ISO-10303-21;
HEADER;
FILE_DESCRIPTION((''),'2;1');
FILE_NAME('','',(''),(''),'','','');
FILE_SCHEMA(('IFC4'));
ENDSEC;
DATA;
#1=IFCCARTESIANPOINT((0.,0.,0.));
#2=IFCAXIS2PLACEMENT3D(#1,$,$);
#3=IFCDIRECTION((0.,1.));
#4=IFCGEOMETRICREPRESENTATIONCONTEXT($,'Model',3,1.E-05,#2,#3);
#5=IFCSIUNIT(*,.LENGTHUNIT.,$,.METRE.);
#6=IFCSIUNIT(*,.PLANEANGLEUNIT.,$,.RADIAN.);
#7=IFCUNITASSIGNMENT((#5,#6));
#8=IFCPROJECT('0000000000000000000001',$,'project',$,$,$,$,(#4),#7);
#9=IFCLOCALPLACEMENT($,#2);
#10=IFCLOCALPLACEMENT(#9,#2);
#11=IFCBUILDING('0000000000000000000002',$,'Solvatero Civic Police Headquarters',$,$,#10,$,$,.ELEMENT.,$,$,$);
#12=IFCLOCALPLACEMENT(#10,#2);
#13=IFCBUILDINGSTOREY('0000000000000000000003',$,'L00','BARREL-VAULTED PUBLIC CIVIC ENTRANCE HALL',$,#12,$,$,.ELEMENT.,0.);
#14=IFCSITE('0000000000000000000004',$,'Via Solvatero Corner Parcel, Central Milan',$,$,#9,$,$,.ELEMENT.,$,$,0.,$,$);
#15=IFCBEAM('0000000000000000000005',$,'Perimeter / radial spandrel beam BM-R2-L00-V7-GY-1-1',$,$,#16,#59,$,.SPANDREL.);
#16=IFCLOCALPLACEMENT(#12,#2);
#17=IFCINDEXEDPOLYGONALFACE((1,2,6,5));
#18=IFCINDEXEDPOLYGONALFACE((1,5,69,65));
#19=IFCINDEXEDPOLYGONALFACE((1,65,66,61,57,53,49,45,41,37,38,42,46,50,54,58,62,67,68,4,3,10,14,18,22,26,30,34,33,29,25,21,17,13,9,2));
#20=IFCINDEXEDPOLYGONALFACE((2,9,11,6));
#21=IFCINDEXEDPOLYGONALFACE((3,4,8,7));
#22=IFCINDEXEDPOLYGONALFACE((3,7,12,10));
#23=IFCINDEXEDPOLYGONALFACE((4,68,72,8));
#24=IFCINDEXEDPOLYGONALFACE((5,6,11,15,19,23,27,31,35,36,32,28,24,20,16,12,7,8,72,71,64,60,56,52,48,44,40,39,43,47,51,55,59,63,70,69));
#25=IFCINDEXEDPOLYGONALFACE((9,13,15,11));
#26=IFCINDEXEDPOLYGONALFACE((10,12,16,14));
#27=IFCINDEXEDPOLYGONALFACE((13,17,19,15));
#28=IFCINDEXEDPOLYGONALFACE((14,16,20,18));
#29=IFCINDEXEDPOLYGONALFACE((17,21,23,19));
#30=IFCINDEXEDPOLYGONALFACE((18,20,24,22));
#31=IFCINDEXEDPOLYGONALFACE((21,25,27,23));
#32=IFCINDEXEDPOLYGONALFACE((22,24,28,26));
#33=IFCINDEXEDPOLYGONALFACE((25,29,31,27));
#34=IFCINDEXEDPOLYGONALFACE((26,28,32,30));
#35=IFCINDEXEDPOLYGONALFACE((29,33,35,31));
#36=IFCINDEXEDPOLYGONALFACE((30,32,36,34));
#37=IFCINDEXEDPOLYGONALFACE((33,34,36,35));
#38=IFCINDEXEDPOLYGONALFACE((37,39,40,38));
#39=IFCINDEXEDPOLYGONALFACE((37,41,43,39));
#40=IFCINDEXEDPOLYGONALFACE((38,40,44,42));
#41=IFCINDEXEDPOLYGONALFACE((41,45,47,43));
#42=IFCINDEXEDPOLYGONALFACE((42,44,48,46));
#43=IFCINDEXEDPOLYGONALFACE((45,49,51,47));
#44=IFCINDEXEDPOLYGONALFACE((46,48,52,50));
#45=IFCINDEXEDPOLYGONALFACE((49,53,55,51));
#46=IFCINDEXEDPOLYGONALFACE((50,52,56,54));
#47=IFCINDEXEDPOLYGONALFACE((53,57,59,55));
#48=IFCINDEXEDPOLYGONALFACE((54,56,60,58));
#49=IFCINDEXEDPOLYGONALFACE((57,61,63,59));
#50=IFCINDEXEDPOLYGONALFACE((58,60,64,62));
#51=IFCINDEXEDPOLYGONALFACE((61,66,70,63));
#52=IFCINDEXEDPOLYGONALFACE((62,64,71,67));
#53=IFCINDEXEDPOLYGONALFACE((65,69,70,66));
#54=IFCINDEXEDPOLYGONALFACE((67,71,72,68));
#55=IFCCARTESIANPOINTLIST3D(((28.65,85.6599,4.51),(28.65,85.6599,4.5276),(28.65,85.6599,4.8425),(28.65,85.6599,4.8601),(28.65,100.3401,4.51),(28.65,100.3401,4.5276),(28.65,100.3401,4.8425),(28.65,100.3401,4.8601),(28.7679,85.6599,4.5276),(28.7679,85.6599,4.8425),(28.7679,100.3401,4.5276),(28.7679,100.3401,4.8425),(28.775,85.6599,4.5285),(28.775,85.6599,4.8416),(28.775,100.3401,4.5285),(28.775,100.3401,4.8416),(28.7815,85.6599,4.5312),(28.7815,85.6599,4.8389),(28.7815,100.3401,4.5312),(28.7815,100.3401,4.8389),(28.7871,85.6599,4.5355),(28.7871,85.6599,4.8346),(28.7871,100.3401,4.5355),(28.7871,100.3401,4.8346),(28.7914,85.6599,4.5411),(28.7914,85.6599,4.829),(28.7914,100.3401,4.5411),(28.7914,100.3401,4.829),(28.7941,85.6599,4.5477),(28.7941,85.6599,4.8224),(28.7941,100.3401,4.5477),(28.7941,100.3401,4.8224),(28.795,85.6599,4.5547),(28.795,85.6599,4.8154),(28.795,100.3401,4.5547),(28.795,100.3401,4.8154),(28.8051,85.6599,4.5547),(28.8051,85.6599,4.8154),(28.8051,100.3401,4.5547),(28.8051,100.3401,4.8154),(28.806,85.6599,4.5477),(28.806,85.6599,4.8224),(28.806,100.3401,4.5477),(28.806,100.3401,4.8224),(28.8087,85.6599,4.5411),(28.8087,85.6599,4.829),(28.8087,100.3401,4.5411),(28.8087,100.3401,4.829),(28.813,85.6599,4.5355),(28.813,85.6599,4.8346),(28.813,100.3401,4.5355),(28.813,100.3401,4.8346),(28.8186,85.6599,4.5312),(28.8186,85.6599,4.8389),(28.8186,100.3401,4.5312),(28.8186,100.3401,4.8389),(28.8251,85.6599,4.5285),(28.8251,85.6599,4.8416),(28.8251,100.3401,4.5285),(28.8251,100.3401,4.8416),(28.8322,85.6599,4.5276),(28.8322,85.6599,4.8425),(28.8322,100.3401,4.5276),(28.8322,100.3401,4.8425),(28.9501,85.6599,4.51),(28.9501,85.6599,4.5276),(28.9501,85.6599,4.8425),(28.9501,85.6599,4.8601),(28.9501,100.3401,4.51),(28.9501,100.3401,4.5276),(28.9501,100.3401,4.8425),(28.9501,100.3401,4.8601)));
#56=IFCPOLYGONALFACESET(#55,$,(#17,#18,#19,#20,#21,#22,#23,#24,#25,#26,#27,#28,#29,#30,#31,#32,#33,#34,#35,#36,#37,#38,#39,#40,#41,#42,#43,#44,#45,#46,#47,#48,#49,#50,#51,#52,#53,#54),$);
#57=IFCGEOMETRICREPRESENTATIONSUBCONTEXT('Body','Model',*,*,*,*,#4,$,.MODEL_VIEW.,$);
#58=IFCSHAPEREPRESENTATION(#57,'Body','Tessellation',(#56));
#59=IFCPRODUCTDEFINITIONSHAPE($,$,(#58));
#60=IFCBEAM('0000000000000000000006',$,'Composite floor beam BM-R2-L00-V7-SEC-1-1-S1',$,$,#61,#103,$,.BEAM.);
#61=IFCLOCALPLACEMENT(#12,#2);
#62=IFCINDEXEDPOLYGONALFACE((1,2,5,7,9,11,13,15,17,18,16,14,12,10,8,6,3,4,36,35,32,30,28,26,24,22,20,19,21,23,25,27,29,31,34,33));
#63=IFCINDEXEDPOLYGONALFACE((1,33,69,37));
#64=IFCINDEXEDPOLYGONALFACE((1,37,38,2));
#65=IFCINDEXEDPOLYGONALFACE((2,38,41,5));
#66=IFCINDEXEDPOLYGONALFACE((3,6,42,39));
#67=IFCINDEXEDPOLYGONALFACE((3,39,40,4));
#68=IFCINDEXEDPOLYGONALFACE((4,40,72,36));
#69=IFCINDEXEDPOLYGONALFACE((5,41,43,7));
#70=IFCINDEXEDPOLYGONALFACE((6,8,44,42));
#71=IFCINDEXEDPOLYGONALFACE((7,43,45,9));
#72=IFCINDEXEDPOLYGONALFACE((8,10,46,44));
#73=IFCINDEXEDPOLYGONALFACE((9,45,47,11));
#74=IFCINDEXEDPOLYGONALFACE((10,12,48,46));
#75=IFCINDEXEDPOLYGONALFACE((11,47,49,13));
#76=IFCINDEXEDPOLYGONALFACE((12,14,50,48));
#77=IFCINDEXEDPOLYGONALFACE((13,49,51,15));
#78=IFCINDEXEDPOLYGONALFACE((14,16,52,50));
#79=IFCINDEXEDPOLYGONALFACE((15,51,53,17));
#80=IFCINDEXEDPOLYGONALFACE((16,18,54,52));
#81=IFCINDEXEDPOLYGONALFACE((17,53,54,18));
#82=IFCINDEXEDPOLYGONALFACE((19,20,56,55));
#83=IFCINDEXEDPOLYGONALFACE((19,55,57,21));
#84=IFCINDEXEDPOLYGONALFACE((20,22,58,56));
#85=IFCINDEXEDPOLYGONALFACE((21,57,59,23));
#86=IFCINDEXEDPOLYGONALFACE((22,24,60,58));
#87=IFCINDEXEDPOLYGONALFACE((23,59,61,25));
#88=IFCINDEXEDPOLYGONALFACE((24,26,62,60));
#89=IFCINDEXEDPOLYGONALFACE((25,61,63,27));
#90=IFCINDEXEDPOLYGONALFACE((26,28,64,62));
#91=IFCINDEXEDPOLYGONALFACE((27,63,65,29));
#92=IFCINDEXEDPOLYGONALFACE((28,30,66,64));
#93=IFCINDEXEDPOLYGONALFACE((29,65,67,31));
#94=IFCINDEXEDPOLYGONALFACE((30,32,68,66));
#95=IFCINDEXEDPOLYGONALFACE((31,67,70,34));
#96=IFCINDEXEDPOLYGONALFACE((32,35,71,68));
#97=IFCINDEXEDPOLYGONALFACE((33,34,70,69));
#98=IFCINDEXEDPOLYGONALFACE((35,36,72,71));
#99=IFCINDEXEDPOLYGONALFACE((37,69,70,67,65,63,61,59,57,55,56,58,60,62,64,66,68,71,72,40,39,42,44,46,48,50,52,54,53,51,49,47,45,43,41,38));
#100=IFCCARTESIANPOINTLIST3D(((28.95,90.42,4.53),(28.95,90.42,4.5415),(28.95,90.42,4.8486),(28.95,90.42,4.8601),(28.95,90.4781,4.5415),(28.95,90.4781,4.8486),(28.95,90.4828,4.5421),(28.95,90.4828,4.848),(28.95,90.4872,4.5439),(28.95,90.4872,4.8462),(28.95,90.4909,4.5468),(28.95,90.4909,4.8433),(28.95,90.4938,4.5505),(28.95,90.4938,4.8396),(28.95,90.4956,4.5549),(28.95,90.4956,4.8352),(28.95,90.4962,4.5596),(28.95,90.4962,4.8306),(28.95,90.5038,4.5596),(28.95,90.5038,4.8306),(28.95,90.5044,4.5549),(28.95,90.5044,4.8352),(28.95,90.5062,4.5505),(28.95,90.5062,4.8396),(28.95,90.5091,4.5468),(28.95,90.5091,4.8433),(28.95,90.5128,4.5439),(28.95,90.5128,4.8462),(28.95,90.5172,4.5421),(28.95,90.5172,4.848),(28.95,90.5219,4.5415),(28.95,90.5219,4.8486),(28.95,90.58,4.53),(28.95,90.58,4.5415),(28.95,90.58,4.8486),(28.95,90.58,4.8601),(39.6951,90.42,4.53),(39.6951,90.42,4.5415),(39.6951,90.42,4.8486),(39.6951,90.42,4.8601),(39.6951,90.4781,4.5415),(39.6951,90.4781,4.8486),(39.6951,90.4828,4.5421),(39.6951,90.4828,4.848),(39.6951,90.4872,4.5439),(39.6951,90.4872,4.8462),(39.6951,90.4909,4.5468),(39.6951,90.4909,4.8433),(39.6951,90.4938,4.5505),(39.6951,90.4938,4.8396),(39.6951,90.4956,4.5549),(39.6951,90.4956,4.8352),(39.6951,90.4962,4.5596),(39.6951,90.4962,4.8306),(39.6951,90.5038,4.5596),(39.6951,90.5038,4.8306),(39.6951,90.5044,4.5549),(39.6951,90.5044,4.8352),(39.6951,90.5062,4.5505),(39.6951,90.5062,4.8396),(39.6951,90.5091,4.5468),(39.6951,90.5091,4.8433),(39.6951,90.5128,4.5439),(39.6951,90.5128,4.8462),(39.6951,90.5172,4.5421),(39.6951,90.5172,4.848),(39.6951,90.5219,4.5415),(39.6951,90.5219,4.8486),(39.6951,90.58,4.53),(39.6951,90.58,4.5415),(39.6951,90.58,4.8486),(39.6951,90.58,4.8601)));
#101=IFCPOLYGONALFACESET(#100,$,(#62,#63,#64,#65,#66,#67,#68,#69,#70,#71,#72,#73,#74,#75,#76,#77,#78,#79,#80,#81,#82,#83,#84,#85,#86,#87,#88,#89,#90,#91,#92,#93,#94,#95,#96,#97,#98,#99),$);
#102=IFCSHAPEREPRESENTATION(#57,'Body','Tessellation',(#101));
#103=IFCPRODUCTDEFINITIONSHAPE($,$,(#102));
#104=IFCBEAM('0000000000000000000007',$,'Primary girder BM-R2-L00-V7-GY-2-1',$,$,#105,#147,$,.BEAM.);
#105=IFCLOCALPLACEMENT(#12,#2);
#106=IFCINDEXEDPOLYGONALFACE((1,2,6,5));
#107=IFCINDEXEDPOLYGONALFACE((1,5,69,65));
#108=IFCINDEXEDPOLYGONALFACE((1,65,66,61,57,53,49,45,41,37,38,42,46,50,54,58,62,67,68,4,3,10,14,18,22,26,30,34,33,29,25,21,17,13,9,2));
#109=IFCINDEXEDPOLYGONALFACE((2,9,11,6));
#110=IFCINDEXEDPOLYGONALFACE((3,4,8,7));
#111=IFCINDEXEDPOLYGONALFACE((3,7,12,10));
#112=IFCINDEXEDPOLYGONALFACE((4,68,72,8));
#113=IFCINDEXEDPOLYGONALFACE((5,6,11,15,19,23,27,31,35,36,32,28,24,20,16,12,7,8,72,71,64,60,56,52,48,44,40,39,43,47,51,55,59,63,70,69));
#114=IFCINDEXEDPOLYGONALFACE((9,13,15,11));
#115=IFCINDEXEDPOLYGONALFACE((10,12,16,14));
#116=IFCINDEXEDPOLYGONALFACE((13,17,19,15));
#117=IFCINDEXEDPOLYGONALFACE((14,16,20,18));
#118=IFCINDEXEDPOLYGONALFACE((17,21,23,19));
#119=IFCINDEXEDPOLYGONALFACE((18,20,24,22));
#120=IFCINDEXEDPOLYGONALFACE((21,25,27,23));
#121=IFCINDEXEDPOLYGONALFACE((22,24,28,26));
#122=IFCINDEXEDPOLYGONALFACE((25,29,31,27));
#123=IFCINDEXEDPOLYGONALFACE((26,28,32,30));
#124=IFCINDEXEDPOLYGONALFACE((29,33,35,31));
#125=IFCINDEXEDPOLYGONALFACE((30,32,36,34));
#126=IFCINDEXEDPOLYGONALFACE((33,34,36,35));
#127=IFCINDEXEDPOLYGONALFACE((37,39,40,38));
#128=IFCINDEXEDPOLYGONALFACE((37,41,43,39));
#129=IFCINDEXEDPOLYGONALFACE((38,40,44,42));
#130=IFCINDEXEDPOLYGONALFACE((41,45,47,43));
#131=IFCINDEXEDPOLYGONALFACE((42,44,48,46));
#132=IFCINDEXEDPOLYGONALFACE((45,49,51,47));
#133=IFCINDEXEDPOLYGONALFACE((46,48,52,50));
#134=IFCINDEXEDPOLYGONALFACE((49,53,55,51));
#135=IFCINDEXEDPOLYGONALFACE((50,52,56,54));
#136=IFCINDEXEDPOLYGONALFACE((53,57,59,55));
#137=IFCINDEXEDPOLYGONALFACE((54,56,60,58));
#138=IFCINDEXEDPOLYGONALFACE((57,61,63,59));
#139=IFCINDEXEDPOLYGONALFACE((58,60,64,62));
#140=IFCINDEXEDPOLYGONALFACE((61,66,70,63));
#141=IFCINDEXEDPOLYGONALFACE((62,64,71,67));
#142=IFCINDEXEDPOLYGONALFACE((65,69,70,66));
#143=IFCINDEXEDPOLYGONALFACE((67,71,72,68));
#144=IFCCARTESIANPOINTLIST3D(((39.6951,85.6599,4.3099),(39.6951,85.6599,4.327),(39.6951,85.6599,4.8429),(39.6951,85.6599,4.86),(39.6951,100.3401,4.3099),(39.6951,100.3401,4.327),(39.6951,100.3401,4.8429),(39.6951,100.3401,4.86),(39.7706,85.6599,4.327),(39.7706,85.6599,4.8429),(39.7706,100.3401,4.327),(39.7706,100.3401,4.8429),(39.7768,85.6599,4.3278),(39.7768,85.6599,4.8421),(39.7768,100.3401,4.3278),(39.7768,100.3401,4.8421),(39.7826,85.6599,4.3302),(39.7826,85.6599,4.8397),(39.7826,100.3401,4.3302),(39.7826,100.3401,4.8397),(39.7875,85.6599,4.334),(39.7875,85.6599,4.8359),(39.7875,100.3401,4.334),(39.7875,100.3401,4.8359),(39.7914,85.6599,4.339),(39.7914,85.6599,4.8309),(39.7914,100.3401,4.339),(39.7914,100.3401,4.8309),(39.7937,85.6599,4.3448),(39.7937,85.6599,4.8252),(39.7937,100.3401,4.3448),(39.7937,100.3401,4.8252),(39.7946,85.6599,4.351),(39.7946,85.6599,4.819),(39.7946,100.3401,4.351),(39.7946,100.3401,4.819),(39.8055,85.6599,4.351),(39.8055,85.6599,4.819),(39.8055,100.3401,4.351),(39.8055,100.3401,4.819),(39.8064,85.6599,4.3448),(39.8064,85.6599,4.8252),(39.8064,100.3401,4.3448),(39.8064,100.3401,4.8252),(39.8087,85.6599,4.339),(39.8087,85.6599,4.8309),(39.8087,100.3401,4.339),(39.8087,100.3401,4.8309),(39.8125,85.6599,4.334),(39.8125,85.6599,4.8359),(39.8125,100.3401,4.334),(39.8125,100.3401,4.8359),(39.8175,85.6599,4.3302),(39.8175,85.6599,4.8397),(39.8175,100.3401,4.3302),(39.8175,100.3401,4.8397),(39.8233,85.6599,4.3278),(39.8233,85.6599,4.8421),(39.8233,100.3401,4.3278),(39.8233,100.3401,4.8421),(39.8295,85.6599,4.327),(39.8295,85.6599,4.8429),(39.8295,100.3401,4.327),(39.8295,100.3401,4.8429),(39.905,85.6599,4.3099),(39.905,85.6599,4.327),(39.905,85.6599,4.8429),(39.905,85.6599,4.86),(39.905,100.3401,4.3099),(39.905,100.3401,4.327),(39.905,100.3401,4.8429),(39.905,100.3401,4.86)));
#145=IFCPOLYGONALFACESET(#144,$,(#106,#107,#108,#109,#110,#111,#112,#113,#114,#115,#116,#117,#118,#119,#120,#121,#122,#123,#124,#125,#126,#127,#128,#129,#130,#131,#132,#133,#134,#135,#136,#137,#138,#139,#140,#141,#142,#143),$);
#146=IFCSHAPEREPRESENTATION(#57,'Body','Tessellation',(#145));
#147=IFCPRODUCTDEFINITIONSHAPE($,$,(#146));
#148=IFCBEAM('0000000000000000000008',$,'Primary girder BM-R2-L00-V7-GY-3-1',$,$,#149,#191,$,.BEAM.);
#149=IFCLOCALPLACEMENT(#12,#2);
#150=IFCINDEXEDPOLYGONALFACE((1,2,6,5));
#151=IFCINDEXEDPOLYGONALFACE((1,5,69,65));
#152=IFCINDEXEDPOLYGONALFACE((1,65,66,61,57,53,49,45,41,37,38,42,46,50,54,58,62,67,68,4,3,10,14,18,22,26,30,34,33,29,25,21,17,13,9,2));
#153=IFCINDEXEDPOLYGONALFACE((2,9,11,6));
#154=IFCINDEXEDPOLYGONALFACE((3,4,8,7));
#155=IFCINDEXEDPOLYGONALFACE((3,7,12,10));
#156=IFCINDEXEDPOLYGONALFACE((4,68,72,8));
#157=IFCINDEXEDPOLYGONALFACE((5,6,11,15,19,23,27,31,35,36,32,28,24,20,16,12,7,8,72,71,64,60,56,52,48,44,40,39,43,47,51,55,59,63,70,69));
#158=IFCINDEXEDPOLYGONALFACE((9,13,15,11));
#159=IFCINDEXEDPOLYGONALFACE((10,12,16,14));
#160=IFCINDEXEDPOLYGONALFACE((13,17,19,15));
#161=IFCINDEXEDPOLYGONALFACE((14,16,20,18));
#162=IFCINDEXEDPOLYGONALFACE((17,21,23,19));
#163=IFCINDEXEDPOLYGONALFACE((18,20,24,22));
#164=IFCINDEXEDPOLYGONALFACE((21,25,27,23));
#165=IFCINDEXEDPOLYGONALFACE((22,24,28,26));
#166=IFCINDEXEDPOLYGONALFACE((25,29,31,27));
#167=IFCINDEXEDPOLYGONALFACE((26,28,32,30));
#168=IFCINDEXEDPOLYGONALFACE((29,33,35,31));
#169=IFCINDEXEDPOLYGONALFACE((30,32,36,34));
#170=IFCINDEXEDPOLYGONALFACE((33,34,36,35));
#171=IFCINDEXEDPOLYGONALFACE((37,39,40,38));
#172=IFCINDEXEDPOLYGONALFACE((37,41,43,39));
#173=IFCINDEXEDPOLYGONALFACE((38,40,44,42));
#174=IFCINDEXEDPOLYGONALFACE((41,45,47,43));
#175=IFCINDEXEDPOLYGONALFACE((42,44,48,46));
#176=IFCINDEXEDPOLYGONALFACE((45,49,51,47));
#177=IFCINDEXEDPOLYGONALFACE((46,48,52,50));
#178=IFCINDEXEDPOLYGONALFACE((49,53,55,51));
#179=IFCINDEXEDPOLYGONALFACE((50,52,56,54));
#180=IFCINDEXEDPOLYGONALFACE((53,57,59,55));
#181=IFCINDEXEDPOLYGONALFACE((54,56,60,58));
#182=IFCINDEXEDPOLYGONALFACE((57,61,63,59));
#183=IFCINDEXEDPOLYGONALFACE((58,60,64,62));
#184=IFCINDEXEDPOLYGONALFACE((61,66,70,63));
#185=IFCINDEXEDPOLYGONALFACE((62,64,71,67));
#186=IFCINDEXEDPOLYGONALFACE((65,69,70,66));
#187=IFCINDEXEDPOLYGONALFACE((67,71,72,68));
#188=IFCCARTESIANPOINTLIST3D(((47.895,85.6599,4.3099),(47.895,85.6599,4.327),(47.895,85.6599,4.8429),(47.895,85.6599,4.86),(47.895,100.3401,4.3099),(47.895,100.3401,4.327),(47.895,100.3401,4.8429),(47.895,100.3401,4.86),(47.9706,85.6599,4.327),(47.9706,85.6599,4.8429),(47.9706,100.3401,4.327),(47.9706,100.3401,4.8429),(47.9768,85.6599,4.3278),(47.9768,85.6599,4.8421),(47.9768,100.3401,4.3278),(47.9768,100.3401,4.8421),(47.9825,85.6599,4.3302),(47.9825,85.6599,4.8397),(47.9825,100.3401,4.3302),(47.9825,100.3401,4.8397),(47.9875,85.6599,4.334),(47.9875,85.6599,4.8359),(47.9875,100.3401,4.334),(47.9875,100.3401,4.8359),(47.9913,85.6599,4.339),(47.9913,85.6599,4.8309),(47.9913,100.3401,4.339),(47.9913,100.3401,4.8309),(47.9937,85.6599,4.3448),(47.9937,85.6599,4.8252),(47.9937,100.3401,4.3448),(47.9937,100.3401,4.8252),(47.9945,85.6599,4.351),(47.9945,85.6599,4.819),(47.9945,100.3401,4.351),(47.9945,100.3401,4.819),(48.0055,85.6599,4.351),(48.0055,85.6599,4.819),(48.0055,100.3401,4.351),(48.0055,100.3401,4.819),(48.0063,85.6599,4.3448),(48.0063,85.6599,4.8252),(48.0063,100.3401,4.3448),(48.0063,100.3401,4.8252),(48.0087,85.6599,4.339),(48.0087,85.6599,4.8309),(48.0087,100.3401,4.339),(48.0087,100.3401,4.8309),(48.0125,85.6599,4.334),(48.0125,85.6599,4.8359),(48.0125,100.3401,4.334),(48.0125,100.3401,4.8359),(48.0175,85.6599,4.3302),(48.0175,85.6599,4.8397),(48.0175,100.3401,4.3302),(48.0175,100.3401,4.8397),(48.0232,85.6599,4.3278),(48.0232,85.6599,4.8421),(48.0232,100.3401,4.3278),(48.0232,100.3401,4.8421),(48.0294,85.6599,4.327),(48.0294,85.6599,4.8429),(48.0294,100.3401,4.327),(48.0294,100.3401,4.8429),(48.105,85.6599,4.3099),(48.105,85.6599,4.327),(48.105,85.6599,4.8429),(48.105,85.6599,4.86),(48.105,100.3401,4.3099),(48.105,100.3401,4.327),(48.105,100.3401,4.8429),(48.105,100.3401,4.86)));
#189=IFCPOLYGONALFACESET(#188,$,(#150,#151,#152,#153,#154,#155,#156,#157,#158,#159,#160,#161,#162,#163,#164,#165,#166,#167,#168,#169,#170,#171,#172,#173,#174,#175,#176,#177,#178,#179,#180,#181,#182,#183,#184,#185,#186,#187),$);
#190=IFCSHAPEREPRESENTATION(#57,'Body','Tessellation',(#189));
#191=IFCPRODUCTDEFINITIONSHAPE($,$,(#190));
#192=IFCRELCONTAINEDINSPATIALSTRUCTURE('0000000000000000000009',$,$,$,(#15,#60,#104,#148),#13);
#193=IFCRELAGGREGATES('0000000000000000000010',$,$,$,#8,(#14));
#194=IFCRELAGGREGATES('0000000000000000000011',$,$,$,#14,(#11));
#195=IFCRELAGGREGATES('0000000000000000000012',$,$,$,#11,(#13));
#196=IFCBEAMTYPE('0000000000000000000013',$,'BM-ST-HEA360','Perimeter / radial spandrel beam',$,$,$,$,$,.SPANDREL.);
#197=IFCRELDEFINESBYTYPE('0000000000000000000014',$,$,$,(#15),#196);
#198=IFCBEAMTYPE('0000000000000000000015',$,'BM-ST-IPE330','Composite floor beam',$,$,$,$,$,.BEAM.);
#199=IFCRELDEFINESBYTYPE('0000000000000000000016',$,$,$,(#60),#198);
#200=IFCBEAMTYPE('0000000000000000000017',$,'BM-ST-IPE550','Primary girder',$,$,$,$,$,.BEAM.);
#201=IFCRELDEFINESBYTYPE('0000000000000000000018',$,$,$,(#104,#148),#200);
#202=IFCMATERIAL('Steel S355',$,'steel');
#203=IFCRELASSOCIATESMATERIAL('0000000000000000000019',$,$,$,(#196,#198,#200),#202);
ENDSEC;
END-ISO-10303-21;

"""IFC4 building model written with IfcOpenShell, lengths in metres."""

from ifc_helpers import new_model, si_unit, direction, frame, origin, origin_2d, place, context, subcontext, project, spatial, i_section, extrude, material, material_profile, profile_set, type_object, element, save


model = new_model("IFC4")

# Units and contexts
model_context = context("Model", 3, precision=1e-05, world=origin(), true_north=direction((0.0, 1.0)))
body_context = subcontext(model_context, "Body", "Model", "MODEL_VIEW")
ifc_project = project(units=[si_unit("LENGTHUNIT", "METRE"), si_unit("PLANEANGLEUNIT", "RADIAN")], contexts=[model_context])

# Site, building, storey
site_placement = place(None, origin())
site = spatial("IfcSite", under=ifc_project, at=site_placement, Name="Via Solvatero Corner Parcel, Central Milan", CompositionType="ELEMENT", RefElevation=0.0)
building_placement = place(site_placement, origin())
building = spatial("IfcBuilding", under=site, at=building_placement, Name="Solvatero Civic Police Headquarters", CompositionType="ELEMENT")
storey_placement = place(building_placement, origin())
storey = spatial("IfcBuildingStorey", under=building, at=storey_placement, Name="L00", Description="BARREL-VAULTED PUBLIC CIVIC ENTRANCE HALL", CompositionType="ELEMENT", Elevation=0.0)

# Beams
ifc_material_1 = material(Name="Steel S355", Category="steel")
ifc_material_profile_1 = material_profile(ifc_material_1, i_section(OverallWidth=0.3, OverallDepth=0.3501, WebThickness=0.01, FlangeThickness=0.0176, FilletRadius=0.0271, at=origin_2d()), Name="HEA 360")
ifc_profile_set_1 = profile_set([ifc_material_profile_1], Name="Steel S355")
beam_type_1 = type_object("IfcBeamType", Name="BM-ST-HEA360", Description="Perimeter / radial spandrel beam", PredefinedType="SPANDREL", material=ifc_profile_set_1)
beam_1_placement = place(storey_placement, frame((28.8, 85.6599, 4.6851), z_axis=(0.0, 1.0, 0.0), x_axis=(-1.0, 0.0, 0.0)))
element("IfcBeam", 1, at=beam_1_placement, inside=storey, type_object=beam_type_1, Name="Perimeter / radial spandrel beam BM-R2-L00-V7-GY-1-1", PredefinedType="SPANDREL", context=body_context, shape_type="SweptSolid", body=[
    extrude(i_section(OverallWidth=0.3, OverallDepth=0.3501, WebThickness=0.01, FlangeThickness=0.0176, FilletRadius=0.0271, at=origin_2d()), origin(), (0.0, 0.0, 1.0), 14.6802),
])
ifc_material_profile_2 = material_profile(ifc_material_1, i_section(OverallWidth=0.1599, OverallDepth=0.3301, WebThickness=0.0076, FlangeThickness=0.0115, FilletRadius=0.0181, at=origin_2d()), Name="IPE 330")
ifc_profile_set_2 = profile_set([ifc_material_profile_2], Name="Steel S355")
beam_type_2 = type_object("IfcBeamType", Name="BM-ST-IPE330", Description="Composite floor beam", PredefinedType="BEAM", material=ifc_profile_set_2)
beam_2_placement = place(storey_placement, frame((28.95, 90.5, 4.6951), z_axis=(1.0, 0.0, 0.0), x_axis=(0.0, 1.0, 0.0)))
element("IfcBeam", 2, at=beam_2_placement, inside=storey, type_object=beam_type_2, Name="Composite floor beam BM-R2-L00-V7-SEC-1-1-S1", PredefinedType="BEAM", context=body_context, shape_type="SweptSolid", body=[
    extrude(i_section(OverallWidth=0.1599, OverallDepth=0.3301, WebThickness=0.0076, FlangeThickness=0.0115, FilletRadius=0.0181, at=origin_2d()), origin(), (0.0, 0.0, 1.0), 10.7451),
])
ifc_material_profile_3 = material_profile(ifc_material_1, i_section(OverallWidth=0.21, OverallDepth=0.55, WebThickness=0.011, FlangeThickness=0.0171, FilletRadius=0.0239, at=origin_2d()), Name="IPE 550")
ifc_profile_set_3 = profile_set([ifc_material_profile_3], Name="Steel S355")
beam_type_3 = type_object("IfcBeamType", Name="BM-ST-IPE550", Description="Primary girder", PredefinedType="BEAM", material=ifc_profile_set_3)
for number, where, z_axis, x_axis, name in (
    (3, (39.8, 85.6599, 4.585), (0.0, 1.0, 0.0), (-1.0, 0.0, 0.0), "Primary girder BM-R2-L00-V7-GY-2-1"),
    (4, (48.0, 85.6599, 4.585), (0.0, 1.0, 0.0), (-1.0, 0.0, 0.0), "Primary girder BM-R2-L00-V7-GY-3-1"),
):
    element("IfcBeam", number, at=place(storey_placement, frame(where, z_axis=z_axis, x_axis=x_axis)), inside=storey, type_object=beam_type_3, Name=name, PredefinedType="BEAM", context=body_context, shape_type="SweptSolid", body=[
        extrude(i_section(OverallWidth=0.21, OverallDepth=0.55, WebThickness=0.011, FlangeThickness=0.0171, FilletRadius=0.0239, at=origin_2d()), origin(), (0.0, 0.0, 1.0), 14.6802),
    ])

save(model, "model.ifc")
